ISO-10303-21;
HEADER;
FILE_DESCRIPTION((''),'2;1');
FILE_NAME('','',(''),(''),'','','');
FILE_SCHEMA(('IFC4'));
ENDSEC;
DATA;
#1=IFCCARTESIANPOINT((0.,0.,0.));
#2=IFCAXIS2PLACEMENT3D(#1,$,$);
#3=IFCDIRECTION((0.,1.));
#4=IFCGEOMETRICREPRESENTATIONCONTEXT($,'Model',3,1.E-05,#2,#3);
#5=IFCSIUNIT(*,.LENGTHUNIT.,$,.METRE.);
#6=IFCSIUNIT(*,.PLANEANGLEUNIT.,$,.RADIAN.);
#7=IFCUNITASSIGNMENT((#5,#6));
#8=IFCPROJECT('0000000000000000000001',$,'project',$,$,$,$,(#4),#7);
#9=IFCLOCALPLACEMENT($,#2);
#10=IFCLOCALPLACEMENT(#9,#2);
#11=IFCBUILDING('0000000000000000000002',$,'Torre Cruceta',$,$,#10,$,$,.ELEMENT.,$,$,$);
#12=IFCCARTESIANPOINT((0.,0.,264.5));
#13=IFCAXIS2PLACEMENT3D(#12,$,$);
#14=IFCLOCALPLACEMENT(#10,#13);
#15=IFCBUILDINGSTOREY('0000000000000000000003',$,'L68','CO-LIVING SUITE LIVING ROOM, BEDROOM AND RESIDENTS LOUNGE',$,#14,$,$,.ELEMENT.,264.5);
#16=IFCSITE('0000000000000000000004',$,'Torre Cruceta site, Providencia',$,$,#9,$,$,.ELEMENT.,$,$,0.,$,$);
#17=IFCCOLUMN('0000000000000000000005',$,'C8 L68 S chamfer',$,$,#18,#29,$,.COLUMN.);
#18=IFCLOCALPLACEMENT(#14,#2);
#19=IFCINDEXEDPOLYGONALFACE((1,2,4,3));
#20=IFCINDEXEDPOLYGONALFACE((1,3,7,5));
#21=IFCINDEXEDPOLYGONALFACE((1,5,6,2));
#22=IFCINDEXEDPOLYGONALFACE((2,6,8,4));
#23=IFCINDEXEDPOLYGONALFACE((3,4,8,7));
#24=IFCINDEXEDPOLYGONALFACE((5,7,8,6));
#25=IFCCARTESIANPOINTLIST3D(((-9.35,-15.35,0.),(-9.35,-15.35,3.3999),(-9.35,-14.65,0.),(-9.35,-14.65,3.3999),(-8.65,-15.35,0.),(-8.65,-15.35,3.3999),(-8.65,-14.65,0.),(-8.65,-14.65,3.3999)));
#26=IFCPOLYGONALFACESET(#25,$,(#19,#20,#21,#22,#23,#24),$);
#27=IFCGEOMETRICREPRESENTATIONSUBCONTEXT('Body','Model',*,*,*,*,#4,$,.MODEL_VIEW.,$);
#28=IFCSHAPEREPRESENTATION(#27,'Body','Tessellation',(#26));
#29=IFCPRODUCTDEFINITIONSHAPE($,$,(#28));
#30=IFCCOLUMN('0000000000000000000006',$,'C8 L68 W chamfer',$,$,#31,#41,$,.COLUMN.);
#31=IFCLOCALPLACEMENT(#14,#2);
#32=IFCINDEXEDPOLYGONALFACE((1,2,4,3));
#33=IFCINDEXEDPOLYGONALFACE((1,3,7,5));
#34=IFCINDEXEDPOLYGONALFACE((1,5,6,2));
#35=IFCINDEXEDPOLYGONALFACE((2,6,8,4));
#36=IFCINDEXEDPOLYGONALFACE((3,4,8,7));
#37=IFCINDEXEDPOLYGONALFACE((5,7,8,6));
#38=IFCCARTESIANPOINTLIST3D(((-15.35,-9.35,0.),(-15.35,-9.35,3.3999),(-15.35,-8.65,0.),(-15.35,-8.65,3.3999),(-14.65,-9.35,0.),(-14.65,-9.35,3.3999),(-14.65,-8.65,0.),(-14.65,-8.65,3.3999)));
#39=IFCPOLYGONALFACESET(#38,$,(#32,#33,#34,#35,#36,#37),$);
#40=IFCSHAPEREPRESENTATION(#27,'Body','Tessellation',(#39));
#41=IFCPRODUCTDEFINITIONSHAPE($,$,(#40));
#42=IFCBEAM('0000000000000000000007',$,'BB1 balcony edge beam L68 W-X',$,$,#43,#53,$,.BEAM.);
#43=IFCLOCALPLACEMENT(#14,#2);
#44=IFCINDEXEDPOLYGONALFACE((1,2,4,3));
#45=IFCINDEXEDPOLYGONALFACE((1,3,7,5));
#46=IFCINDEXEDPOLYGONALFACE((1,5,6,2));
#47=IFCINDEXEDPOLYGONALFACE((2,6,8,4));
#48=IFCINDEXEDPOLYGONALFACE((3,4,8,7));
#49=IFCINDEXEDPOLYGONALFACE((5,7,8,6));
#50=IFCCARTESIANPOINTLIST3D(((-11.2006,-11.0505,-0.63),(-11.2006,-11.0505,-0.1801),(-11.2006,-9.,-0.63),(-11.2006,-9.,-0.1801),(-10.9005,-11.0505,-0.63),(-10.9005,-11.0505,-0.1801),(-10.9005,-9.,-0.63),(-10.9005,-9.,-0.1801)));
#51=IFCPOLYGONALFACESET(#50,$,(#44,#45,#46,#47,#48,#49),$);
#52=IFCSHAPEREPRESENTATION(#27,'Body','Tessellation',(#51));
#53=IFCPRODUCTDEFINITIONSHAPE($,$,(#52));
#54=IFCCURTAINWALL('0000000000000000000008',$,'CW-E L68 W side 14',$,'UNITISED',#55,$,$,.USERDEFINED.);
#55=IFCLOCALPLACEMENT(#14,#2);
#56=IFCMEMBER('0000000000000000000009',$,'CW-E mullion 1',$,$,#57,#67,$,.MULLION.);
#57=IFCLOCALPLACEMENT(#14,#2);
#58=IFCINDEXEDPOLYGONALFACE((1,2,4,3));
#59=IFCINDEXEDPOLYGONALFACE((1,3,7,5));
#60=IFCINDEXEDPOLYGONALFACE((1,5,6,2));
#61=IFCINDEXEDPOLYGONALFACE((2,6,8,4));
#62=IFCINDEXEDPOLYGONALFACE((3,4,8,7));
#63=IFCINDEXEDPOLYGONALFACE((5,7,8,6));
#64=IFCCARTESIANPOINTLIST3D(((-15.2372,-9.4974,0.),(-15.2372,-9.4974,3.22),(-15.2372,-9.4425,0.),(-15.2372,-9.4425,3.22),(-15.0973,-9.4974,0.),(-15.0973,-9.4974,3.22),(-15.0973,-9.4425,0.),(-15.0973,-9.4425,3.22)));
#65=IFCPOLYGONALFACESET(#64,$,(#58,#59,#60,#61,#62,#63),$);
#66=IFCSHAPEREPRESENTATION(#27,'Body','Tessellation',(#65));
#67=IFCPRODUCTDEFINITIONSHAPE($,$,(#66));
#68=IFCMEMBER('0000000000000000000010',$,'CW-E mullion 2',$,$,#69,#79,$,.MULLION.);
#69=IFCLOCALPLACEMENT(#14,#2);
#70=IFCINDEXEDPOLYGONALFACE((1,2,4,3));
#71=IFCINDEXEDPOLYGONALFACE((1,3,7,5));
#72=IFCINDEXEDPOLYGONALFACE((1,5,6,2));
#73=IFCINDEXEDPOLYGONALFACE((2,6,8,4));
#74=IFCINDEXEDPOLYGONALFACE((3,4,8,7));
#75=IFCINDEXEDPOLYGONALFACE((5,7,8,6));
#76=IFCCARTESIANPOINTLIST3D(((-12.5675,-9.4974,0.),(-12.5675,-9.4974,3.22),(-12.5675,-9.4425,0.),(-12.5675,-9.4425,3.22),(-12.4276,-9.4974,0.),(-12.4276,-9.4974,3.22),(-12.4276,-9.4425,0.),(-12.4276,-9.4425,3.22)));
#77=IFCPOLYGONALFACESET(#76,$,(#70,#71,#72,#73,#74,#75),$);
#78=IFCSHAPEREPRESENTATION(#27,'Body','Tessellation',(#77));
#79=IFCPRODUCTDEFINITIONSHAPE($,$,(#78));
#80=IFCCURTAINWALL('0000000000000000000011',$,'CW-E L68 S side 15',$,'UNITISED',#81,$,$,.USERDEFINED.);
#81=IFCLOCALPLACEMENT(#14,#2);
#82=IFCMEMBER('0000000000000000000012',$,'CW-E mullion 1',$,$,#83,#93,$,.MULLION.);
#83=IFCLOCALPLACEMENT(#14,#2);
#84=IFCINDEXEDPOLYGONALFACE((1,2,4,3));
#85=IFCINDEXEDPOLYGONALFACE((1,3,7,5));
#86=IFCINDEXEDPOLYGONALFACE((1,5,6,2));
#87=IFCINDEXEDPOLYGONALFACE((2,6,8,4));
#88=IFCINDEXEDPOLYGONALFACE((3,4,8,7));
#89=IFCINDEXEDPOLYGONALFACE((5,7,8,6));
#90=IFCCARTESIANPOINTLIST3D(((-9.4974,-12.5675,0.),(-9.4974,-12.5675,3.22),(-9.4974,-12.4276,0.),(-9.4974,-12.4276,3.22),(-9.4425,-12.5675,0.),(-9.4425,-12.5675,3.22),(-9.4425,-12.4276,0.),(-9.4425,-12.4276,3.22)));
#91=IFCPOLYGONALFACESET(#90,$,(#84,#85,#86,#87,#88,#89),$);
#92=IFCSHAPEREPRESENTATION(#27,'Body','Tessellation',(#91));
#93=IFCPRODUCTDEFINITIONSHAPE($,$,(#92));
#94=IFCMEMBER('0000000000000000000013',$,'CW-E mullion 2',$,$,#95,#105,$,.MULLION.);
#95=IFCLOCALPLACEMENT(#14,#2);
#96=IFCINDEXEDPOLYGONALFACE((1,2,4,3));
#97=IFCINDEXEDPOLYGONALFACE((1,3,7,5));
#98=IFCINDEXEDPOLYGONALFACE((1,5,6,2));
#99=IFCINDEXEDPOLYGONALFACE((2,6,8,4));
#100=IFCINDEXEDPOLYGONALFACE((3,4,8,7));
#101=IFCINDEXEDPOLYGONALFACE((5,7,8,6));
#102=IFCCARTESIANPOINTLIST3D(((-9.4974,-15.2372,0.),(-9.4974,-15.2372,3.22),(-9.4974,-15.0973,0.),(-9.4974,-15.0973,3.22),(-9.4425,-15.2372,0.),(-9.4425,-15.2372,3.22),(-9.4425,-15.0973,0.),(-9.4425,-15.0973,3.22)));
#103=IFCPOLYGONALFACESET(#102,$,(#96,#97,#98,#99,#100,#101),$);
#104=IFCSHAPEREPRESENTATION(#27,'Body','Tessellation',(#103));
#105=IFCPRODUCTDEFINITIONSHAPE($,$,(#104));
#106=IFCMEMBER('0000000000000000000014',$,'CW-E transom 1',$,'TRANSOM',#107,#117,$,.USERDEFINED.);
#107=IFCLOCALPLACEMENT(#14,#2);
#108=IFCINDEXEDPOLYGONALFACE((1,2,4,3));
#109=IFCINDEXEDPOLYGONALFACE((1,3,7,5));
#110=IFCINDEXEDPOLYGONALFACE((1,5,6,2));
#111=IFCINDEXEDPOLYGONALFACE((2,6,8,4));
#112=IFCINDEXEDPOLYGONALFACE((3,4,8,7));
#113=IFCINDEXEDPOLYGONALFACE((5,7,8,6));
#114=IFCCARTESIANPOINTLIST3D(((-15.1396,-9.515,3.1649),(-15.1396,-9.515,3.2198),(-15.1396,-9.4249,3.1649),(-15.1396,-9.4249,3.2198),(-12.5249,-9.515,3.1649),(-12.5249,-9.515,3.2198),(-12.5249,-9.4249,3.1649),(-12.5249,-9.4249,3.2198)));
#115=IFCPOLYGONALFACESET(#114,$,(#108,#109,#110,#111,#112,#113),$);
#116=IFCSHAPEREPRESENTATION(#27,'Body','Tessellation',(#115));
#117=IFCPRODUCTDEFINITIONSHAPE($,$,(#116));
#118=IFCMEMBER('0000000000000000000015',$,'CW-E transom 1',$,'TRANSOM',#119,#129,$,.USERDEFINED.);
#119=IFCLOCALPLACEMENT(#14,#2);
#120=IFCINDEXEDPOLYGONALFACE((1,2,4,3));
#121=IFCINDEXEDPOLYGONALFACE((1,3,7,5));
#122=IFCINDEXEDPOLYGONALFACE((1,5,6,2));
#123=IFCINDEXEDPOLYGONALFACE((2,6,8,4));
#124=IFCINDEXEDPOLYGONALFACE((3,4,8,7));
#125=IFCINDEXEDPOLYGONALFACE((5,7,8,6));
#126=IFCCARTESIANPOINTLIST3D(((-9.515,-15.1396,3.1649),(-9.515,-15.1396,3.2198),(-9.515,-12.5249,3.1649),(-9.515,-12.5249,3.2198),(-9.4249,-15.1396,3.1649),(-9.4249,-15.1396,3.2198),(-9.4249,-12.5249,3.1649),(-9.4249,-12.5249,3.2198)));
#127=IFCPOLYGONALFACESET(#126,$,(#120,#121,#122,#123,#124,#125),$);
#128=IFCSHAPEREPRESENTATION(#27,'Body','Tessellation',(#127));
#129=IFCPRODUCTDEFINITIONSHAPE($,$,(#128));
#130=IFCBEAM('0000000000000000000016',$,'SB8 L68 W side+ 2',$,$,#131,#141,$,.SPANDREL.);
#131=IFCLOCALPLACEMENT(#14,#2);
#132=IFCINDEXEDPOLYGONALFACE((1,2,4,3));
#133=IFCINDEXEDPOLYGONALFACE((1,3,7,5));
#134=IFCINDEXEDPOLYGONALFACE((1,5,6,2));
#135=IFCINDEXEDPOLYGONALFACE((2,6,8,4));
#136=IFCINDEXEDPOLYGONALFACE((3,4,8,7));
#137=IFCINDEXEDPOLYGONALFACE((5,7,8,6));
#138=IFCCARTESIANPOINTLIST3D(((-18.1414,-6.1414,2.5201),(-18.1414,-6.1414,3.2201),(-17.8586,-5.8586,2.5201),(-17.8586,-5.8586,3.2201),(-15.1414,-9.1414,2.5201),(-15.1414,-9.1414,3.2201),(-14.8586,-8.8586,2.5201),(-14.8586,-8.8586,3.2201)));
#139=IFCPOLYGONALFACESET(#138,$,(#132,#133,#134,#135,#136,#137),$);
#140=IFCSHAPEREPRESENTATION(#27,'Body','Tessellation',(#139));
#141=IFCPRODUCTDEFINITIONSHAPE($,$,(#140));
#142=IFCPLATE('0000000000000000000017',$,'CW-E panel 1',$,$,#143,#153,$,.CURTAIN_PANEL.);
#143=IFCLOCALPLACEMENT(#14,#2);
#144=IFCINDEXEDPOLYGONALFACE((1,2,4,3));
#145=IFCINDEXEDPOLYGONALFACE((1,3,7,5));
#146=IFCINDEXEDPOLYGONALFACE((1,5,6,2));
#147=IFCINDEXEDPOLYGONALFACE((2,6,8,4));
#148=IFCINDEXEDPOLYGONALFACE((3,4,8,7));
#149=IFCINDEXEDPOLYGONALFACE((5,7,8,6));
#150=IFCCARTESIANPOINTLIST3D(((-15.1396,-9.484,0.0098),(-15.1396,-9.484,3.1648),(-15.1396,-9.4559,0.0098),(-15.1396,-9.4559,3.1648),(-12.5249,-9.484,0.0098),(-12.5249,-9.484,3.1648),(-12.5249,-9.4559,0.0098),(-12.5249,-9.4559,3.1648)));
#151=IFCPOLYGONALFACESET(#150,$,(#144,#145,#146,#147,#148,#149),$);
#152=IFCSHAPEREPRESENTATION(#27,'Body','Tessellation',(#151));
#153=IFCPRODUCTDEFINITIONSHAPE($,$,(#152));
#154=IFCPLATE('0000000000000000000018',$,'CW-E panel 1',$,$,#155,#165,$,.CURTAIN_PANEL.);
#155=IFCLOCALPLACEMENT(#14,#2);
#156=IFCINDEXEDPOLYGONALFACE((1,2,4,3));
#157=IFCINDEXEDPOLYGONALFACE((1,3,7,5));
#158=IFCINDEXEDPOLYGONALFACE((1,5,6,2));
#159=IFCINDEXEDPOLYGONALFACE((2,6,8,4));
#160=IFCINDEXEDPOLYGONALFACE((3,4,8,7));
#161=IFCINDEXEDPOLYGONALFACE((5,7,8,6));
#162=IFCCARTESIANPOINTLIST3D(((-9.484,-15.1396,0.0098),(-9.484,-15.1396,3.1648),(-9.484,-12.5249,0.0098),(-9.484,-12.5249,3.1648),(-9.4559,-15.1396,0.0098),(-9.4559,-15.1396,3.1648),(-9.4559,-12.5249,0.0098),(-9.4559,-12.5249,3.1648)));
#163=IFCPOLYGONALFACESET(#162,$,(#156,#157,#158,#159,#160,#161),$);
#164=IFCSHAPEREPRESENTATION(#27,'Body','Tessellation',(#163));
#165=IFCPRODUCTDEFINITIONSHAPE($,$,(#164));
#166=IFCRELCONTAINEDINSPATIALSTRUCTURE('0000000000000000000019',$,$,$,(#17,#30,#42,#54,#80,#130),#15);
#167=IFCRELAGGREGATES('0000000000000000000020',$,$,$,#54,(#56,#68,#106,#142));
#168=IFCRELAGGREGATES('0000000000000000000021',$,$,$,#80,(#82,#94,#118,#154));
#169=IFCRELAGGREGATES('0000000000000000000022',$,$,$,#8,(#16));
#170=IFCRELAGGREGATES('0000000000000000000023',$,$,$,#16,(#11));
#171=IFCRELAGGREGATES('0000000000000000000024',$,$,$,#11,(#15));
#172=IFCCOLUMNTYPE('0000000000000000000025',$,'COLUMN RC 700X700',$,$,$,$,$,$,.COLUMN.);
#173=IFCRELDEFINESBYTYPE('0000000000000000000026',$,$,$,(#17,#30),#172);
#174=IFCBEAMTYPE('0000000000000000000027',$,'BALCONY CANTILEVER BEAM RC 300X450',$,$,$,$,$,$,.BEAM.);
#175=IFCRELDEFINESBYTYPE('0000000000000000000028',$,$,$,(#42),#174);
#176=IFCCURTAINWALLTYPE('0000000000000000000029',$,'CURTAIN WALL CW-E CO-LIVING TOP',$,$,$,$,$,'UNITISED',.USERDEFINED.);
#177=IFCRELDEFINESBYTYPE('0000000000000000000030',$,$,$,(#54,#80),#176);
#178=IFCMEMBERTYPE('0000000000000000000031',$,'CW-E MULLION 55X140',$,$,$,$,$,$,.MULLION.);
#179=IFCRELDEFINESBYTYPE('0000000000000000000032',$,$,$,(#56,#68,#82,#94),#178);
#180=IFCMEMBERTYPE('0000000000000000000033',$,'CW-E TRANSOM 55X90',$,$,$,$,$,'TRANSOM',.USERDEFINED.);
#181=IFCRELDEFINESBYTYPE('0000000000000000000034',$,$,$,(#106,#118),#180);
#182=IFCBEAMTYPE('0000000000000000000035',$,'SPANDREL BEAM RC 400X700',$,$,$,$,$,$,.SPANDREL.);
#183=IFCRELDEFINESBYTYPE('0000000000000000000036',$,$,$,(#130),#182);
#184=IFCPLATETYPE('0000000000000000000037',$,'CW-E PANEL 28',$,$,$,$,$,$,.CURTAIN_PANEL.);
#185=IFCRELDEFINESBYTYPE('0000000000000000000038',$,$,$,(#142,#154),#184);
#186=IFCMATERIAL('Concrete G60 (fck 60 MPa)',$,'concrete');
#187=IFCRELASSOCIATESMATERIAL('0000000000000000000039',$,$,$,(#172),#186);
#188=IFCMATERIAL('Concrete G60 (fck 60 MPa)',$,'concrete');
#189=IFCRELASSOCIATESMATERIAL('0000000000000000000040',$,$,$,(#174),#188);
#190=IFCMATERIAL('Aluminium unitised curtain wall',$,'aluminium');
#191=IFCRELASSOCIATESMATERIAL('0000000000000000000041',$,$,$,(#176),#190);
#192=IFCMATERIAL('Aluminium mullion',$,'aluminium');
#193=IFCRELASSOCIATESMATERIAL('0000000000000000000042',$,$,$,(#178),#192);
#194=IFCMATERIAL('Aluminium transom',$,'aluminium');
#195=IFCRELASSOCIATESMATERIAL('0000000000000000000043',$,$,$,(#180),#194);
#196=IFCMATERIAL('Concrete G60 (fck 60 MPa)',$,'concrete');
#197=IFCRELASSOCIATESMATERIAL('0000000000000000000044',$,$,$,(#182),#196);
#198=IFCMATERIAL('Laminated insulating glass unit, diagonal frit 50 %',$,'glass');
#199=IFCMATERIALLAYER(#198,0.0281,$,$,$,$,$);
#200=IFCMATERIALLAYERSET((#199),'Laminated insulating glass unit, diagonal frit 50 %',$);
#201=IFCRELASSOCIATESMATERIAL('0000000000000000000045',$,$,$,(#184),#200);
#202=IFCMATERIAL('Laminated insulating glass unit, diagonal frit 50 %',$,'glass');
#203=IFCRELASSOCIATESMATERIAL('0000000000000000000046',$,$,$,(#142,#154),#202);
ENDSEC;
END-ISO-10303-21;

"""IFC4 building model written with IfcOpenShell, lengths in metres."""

from ifc_helpers import new_model, si_unit, direction, frame, origin, origin_2d, place, context, subcontext, project, spatial, rectangle, extrude, material, layer, layer_set, material_profile, profile_set, type_object, element, aggregate, save


model = new_model("IFC4")

# Units and contexts
model_context = context("Model", 3, precision=1e-05, world=origin(), true_north=direction((0.0, 1.0)))
body_context = subcontext(model_context, "Body", "Model", "MODEL_VIEW")
ifc_project = project(units=[si_unit("LENGTHUNIT", "METRE"), si_unit("PLANEANGLEUNIT", "RADIAN")], contexts=[model_context])

# Site, building, storey
site_placement = place(None, origin())
site = spatial("IfcSite", under=ifc_project, at=site_placement, Name="Torre Cruceta site, Providencia", CompositionType="ELEMENT", RefElevation=0.0)
building_placement = place(site_placement, origin())
building = spatial("IfcBuilding", under=site, at=building_placement, Name="Torre Cruceta", CompositionType="ELEMENT")
storey_placement = place(building_placement, frame((0.0, 0.0, 264.5)))
storey = spatial("IfcBuildingStorey", under=building, at=storey_placement, Name="L68", Description="CO-LIVING SUITE LIVING ROOM, BEDROOM AND RESIDENTS LOUNGE", CompositionType="ELEMENT", Elevation=264.5)

# Columns
ifc_material_1 = material(Name="Concrete G60 (fck 60 MPa)", Category="concrete")
ifc_material_profile_1 = material_profile(ifc_material_1, rectangle(XDim=0.7, YDim=0.7, at=origin_2d()), Name="RC 700X700")
ifc_profile_set_1 = profile_set([ifc_material_profile_1], Name="Concrete G60 (fck 60 MPa)")
column_type = type_object("IfcColumnType", Name="COLUMN RC 700X700", PredefinedType="COLUMN", material=ifc_profile_set_1)
for number, where, z_axis, x_axis, name in (
    (1, (-9.0, -15.0, 0.0), (0.0, 0.0, 1.0), (1.0, 0.0, 0.0), "C8 L68 S chamfer"),
    (2, (-15.0, -9.0, 0.0), (0.0, 0.0, 1.0), (1.0, 0.0, 0.0), "C8 L68 W chamfer"),
):
    element("IfcColumn", number, at=place(storey_placement, frame(where, z_axis=z_axis, x_axis=x_axis)), inside=storey, type_object=column_type, Name=name, PredefinedType="COLUMN", context=body_context, shape_type="SweptSolid", body=[
        extrude(rectangle(XDim=0.7, YDim=0.7, at=origin_2d()), origin(), (0.0, 0.0, 1.0), 3.3999),
    ])

# Beam
ifc_material_2 = material(Name="Concrete G60 (fck 60 MPa)", Category="concrete")
ifc_material_profile_2 = material_profile(ifc_material_2, rectangle(XDim=0.3, YDim=0.45, at=origin_2d()), Name="RC 300X450")
ifc_profile_set_2 = profile_set([ifc_material_profile_2], Name="Concrete G60 (fck 60 MPa)")
beam_type_1 = type_object("IfcBeamType", Name="BALCONY CANTILEVER BEAM RC 300X450", PredefinedType="BEAM", material=ifc_profile_set_2)
beam_1_placement = place(storey_placement, frame((-11.0505, -9.0, -0.405), z_axis=(0.0, -1.0, 0.0), x_axis=(1.0, 0.0, 0.0)))
element("IfcBeam", 3, at=beam_1_placement, inside=storey, type_object=beam_type_1, Name="BB1 balcony edge beam L68 W-X", PredefinedType="BEAM", context=body_context, shape_type="SweptSolid", body=[
    extrude(rectangle(XDim=0.3, YDim=0.45, at=origin_2d()), origin(), (0.0, 0.0, 1.0), 2.0505),
])

# Curtain walls, members
ifc_material_3 = material(Name="Aluminium unitised curtain wall", Category="aluminium")
curtain_wall_type = type_object("IfcCurtainWallType", Name="CURTAIN WALL CW-E CO-LIVING TOP", ElementType="UNITISED", PredefinedType="USERDEFINED", material=ifc_material_3)
curtain_wall_1_placement = place(storey_placement, origin())
curtain_wall_1 = element("IfcCurtainWall", 4, at=curtain_wall_1_placement, inside=storey, type_object=curtain_wall_type, Name="CW-E L68 W side 14", ObjectType="UNITISED", PredefinedType="USERDEFINED")
ifc_material_4 = material(Name="Aluminium mullion", Category="aluminium")
ifc_material_profile_3 = material_profile(ifc_material_4, rectangle(XDim=0.0549, YDim=0.1399, at=origin_2d()), Name="AL 55X140")
ifc_profile_set_3 = profile_set([ifc_material_profile_3], Name="Aluminium mullion")
member_type_1 = type_object("IfcMemberType", Name="CW-E MULLION 55X140", PredefinedType="MULLION", material=ifc_profile_set_3)
member_1_placement = place(storey_placement, frame((-15.1672, -9.47, 0.0), z_axis=(0.0, 0.0, 1.0), x_axis=(0.0, 1.0, 0.0)))
member_1 = element("IfcMember", 5, at=member_1_placement, type_object=member_type_1, Name="CW-E mullion 1", PredefinedType="MULLION", context=body_context, shape_type="SweptSolid", body=[
    extrude(rectangle(XDim=0.0549, YDim=0.1399, at=origin_2d()), origin(), (0.0, 0.0, 1.0), 3.22),
])
member_2_placement = place(storey_placement, frame((-12.4976, -9.47, 0.0), z_axis=(0.0, 0.0, 1.0), x_axis=(0.0, 1.0, 0.0)))
member_2 = element("IfcMember", 6, at=member_2_placement, type_object=member_type_1, Name="CW-E mullion 2", PredefinedType="MULLION", context=body_context, shape_type="SweptSolid", body=[
    extrude(rectangle(XDim=0.0549, YDim=0.1399, at=origin_2d()), origin(), (0.0, 0.0, 1.0), 3.22),
])
curtain_wall_2_placement = place(storey_placement, origin())
curtain_wall_2 = element("IfcCurtainWall", 7, at=curtain_wall_2_placement, inside=storey, type_object=curtain_wall_type, Name="CW-E L68 S side 15", ObjectType="UNITISED", PredefinedType="USERDEFINED")
member_3_placement = place(storey_placement, frame((-9.47, -12.4976, 0.0), z_axis=(0.0, 0.0, 1.0), x_axis=(1.0, 0.0, 0.0)))
member_3 = element("IfcMember", 8, at=member_3_placement, type_object=member_type_1, Name="CW-E mullion 1", PredefinedType="MULLION", context=body_context, shape_type="SweptSolid", body=[
    extrude(rectangle(XDim=0.0549, YDim=0.1399, at=origin_2d()), origin(), (0.0, 0.0, 1.0), 3.22),
])
member_4_placement = place(storey_placement, frame((-9.47, -15.1672, 0.0), z_axis=(0.0, 0.0, 1.0), x_axis=(1.0, 0.0, 0.0)))
member_4 = element("IfcMember", 9, at=member_4_placement, type_object=member_type_1, Name="CW-E mullion 2", PredefinedType="MULLION", context=body_context, shape_type="SweptSolid", body=[
    extrude(rectangle(XDim=0.0549, YDim=0.1399, at=origin_2d()), origin(), (0.0, 0.0, 1.0), 3.22),
])

# Members
ifc_material_5 = material(Name="Aluminium transom", Category="aluminium")
ifc_material_profile_4 = material_profile(ifc_material_5, rectangle(XDim=0.0901, YDim=0.0549, at=origin_2d()), Name="AL 90X55")
ifc_profile_set_4 = profile_set([ifc_material_profile_4], Name="Aluminium transom")
member_type_2 = type_object("IfcMemberType", Name="CW-E TRANSOM 55X90", ElementType="TRANSOM", PredefinedType="USERDEFINED", material=ifc_profile_set_4)
member_5_placement = place(storey_placement, frame((-15.1396, -9.47, 3.1924), z_axis=(1.0, 0.0, 0.0), x_axis=(0.0, 1.0, 0.0)))
member_5 = element("IfcMember", 10, at=member_5_placement, type_object=member_type_2, Name="CW-E transom 1", ObjectType="TRANSOM", PredefinedType="USERDEFINED", context=body_context, shape_type="SweptSolid", body=[
    extrude(rectangle(XDim=0.0901, YDim=0.0549, at=origin_2d()), origin(), (0.0, 0.0, 1.0), 2.6147),
])
member_6_placement = place(storey_placement, frame((-9.47, -12.5249, 3.1924), z_axis=(0.0, -1.0, 0.0), x_axis=(1.0, 0.0, 0.0)))
member_6 = element("IfcMember", 11, at=member_6_placement, type_object=member_type_2, Name="CW-E transom 1", ObjectType="TRANSOM", PredefinedType="USERDEFINED", context=body_context, shape_type="SweptSolid", body=[
    extrude(rectangle(XDim=0.0901, YDim=0.0549, at=origin_2d()), origin(), (0.0, 0.0, 1.0), 2.6147),
])

# Beam
ifc_material_6 = material(Name="Concrete G60 (fck 60 MPa)", Category="concrete")
ifc_material_profile_5 = material_profile(ifc_material_6, rectangle(XDim=0.3999, YDim=0.7, at=origin_2d()), Name="RC 400X700")
ifc_profile_set_5 = profile_set([ifc_material_profile_5], Name="Concrete G60 (fck 60 MPa)")
beam_type_2 = type_object("IfcBeamType", Name="SPANDREL BEAM RC 400X700", PredefinedType="SPANDREL", material=ifc_profile_set_5)
beam_2_placement = place(storey_placement, frame((-15.0, -9.0, 2.8701), z_axis=(-0.707107, 0.707107, 0.0), x_axis=(-0.707107, -0.707107, 0.0)))
element("IfcBeam", 12, at=beam_2_placement, inside=storey, type_object=beam_type_2, Name="SB8 L68 W side+ 2", PredefinedType="SPANDREL", context=body_context, shape_type="SweptSolid", body=[
    extrude(rectangle(XDim=0.3999, YDim=0.7, at=origin_2d()), origin(), (0.0, 0.0, 1.0), 4.2427),
])

# Plates
ifc_material_7 = material(Name="Laminated insulating glass unit, diagonal frit 50 %", Category="glass")
ifc_material_8 = material(Name="Laminated insulating glass unit, diagonal frit 50 %", Category="glass")
ifc_layer_1 = layer(ifc_material_8, 0.0281)
ifc_layer_set_1 = layer_set([ifc_layer_1], Name="Laminated insulating glass unit, diagonal frit 50 %")
plate_type = type_object("IfcPlateType", Name="CW-E PANEL 28", PredefinedType="CURTAIN_PANEL", material=ifc_layer_set_1)
plate_1_placement = place(storey_placement, frame((-13.8323, -9.47, 0.0098), z_axis=(0.0, 0.0, 1.0), x_axis=(1.0, 0.0, 0.0)))
plate_1 = element("IfcPlate", 13, at=plate_1_placement, type_object=plate_type, material=ifc_material_7, Name="CW-E panel 1", PredefinedType="CURTAIN_PANEL", context=body_context, shape_type="SweptSolid", body=[
    extrude(rectangle(XDim=2.6147, YDim=0.0281, at=origin_2d()), origin(), (0.0, 0.0, 1.0), 3.155),
])
aggregate(curtain_wall_1, [member_1, member_2, member_5, plate_1])
plate_2_placement = place(storey_placement, frame((-9.47, -13.8323, 0.0098), z_axis=(0.0, 0.0, 1.0), x_axis=(0.0, -1.0, 0.0)))
plate_2 = element("IfcPlate", 14, at=plate_2_placement, type_object=plate_type, material=ifc_material_7, Name="CW-E panel 1", PredefinedType="CURTAIN_PANEL", context=body_context, shape_type="SweptSolid", body=[
    extrude(rectangle(XDim=2.6147, YDim=0.0281, at=origin_2d()), origin(), (0.0, 0.0, 1.0), 3.155),
])
aggregate(curtain_wall_2, [member_3, member_4, member_6, plate_2])

save(model, "model.ifc")
